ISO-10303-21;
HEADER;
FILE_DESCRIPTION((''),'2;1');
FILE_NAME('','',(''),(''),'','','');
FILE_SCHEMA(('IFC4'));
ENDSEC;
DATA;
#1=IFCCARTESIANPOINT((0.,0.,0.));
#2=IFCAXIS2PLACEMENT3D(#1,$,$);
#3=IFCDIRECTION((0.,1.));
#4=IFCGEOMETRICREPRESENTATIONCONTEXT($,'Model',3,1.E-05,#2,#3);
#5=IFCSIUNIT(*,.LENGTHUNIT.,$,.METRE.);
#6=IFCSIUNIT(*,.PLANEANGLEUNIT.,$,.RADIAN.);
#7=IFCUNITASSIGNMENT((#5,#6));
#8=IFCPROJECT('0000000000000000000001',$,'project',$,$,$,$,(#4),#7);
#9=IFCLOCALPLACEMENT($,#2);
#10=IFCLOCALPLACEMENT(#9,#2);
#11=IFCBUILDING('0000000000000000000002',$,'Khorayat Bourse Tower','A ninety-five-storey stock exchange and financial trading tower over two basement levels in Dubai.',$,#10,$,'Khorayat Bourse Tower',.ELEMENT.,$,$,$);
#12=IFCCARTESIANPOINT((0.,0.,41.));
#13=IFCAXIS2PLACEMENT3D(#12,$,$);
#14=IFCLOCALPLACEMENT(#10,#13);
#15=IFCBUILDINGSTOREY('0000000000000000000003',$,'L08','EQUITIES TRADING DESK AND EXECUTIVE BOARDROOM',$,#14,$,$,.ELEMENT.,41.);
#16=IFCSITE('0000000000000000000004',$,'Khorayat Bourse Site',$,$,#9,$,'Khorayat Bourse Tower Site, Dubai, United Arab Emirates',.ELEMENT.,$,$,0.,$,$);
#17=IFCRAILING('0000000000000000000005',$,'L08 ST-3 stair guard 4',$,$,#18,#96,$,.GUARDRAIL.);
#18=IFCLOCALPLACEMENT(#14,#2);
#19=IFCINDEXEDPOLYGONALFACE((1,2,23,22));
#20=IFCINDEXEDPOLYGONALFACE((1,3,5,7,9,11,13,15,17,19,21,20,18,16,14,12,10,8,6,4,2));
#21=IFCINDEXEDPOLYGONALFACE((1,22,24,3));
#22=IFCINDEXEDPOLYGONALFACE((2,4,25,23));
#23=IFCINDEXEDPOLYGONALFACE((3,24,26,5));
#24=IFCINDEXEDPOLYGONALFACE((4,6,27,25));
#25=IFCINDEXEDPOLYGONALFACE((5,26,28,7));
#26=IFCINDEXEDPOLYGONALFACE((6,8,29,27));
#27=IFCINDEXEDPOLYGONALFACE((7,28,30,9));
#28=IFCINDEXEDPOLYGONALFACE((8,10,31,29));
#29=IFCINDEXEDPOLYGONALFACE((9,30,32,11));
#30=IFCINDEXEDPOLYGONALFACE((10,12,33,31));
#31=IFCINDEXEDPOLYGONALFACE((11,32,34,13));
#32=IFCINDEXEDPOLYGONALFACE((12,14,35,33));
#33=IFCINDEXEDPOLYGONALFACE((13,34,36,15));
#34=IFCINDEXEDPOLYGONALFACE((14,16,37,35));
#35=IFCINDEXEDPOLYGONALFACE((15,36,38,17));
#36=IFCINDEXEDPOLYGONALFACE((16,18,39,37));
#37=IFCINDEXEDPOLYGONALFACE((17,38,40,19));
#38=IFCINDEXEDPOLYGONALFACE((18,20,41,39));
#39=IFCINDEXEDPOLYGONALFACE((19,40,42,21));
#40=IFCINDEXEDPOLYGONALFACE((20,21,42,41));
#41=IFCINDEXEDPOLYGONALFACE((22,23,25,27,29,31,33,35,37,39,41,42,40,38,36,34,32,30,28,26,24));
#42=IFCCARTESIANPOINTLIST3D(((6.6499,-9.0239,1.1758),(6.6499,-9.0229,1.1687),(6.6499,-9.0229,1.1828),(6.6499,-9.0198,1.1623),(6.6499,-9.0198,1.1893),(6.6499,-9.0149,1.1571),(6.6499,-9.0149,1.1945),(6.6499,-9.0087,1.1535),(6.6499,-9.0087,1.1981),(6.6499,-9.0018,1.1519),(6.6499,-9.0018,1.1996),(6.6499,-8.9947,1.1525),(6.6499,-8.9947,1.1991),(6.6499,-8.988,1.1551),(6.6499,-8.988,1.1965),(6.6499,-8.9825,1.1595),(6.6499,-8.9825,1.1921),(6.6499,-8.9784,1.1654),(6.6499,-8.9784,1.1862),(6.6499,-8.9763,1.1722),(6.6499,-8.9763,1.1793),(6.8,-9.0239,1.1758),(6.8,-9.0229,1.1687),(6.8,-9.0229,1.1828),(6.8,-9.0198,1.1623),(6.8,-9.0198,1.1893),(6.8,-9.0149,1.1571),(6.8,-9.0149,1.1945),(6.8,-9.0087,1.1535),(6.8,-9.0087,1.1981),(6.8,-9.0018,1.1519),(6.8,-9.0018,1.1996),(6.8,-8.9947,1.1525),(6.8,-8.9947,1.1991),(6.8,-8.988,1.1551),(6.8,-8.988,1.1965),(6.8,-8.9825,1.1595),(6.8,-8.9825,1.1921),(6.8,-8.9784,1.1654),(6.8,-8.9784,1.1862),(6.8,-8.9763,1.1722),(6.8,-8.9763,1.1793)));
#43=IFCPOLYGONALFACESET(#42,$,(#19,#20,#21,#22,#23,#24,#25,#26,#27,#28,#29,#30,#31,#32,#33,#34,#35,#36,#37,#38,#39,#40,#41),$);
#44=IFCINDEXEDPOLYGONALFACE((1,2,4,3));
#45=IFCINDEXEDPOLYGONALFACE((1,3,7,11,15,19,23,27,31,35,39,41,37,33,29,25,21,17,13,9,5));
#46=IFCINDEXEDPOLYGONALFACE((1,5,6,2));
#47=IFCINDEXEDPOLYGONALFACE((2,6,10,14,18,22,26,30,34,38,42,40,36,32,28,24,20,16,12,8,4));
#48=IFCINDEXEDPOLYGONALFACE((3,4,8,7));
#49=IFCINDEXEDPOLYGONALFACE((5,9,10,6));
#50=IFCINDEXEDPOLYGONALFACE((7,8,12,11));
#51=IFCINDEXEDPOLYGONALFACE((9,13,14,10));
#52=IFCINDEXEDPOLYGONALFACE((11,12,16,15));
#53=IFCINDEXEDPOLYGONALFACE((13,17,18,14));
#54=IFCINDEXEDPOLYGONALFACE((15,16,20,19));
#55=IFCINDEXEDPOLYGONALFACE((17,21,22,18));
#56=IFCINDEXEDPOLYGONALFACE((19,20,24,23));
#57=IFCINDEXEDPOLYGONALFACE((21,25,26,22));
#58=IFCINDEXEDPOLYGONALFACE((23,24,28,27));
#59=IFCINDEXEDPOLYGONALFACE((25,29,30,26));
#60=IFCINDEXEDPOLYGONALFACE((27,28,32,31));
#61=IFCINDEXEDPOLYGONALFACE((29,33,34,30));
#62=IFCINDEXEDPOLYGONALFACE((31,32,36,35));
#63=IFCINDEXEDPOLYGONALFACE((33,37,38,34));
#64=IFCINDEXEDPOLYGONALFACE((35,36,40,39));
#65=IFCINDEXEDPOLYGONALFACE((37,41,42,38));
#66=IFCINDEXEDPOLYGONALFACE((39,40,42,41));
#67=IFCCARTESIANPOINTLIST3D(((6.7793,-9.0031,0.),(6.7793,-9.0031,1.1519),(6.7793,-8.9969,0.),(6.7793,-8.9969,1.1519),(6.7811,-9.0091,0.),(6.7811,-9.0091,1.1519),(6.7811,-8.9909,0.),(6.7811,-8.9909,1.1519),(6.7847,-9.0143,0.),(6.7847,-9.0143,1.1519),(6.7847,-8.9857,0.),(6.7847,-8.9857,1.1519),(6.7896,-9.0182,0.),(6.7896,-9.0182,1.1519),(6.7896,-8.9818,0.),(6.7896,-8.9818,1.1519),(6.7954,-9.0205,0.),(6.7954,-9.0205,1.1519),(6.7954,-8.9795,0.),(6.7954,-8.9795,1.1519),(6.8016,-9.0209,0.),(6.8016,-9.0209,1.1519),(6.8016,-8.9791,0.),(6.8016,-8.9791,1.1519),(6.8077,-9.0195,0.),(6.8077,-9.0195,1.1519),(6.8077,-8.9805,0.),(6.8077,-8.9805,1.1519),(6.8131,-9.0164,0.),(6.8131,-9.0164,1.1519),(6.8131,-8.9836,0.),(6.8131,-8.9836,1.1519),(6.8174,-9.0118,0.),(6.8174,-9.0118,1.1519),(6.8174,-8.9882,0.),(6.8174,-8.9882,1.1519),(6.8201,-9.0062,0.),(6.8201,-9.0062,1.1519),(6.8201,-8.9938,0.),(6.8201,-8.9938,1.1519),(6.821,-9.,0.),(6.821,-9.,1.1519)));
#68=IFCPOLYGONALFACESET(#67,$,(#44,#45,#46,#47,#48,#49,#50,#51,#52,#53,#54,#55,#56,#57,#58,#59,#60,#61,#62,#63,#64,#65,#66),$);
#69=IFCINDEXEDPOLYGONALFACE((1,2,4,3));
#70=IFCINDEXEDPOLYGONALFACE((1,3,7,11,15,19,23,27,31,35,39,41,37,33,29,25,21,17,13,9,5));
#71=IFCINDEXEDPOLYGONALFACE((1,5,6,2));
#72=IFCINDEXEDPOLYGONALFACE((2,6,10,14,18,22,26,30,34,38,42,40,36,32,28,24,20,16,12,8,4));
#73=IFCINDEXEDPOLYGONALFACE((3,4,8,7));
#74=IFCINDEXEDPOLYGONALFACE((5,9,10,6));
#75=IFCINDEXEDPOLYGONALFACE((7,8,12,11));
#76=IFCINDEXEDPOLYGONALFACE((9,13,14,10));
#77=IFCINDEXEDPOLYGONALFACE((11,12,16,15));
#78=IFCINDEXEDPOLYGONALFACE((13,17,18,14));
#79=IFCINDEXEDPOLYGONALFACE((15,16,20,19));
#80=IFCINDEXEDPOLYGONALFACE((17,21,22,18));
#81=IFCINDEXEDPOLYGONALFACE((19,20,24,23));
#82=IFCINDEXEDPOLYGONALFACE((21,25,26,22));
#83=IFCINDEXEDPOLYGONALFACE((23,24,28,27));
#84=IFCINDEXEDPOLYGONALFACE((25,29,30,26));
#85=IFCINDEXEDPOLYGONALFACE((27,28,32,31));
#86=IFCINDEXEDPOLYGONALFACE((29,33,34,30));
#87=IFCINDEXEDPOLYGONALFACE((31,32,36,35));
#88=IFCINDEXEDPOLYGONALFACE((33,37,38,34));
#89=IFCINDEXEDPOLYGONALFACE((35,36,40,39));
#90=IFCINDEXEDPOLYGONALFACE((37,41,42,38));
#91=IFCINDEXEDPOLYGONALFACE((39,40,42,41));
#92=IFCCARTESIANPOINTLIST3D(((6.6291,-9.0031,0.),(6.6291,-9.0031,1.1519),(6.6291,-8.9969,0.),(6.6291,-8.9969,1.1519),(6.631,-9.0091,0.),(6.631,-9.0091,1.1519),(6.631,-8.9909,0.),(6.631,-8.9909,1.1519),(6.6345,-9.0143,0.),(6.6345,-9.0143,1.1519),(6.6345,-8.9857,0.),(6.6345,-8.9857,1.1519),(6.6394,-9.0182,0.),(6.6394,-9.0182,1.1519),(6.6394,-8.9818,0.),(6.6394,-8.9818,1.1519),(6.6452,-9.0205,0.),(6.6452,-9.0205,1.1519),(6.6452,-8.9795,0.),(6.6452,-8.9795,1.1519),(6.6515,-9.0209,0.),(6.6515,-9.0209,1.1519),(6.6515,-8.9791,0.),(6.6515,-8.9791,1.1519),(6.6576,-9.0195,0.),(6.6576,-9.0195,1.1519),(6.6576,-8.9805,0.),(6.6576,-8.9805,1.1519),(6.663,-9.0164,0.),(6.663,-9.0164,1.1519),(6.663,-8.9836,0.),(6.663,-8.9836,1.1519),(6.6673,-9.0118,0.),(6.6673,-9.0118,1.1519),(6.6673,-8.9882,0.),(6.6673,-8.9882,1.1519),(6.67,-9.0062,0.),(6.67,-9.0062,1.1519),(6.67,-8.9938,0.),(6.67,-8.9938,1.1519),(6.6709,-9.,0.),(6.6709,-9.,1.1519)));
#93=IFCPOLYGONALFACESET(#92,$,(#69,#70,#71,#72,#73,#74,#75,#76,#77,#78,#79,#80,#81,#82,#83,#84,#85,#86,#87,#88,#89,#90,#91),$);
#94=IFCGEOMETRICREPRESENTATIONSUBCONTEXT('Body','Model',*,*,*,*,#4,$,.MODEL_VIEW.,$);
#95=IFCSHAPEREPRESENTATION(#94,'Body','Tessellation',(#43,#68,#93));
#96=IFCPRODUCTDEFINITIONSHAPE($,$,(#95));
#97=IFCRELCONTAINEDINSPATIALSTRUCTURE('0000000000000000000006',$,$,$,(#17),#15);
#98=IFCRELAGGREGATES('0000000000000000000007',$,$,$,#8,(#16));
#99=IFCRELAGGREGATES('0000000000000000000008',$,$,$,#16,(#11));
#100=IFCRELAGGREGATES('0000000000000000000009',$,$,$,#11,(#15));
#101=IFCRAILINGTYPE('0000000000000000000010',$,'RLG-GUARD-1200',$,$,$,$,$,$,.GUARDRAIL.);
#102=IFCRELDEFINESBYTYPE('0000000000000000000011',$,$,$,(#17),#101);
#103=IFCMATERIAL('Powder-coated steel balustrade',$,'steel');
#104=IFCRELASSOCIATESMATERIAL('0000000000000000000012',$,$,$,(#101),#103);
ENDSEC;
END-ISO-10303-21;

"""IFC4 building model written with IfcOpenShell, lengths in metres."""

from ifc_helpers import new_model, si_unit, direction, frame, origin, origin_2d, place, context, subcontext, project, spatial, circle, extrude, source, transform, mapped, material, type_object, element, save


model = new_model("IFC4")

# Units and contexts
model_context = context("Model", 3, precision=1e-05, world=origin(), true_north=direction((0.0, 1.0)))
body_context = subcontext(model_context, "Body", "Model", "MODEL_VIEW")
ifc_project = project(units=[si_unit("LENGTHUNIT", "METRE"), si_unit("PLANEANGLEUNIT", "RADIAN")], contexts=[model_context])

# Site, building, storey
site_placement = place(None, origin())
site = spatial("IfcSite", under=ifc_project, at=site_placement, Name="Khorayat Bourse Site", LongName="Khorayat Bourse Tower Site, Dubai, United Arab Emirates", CompositionType="ELEMENT", RefElevation=0.0)
building_placement = place(site_placement, origin())
building = spatial("IfcBuilding", under=site, at=building_placement, Name="Khorayat Bourse Tower", Description="A ninety-five-storey stock exchange and financial trading tower over two basement levels in Dubai.", LongName="Khorayat Bourse Tower", CompositionType="ELEMENT")
storey_placement = place(building_placement, frame((0.0, 0.0, 41.0)))
storey = spatial("IfcBuildingStorey", under=building, at=storey_placement, Name="L08", Description="EQUITIES TRADING DESK AND EXECUTIVE BOARDROOM", CompositionType="ELEMENT", Elevation=41.0)

# Railing
ifc_material_1 = material(Name="Powder-coated steel balustrade", Category="steel")
railing_type_1 = type_object("IfcRailingType", Name="RLG-GUARD-1200", PredefinedType="GUARDRAIL", material=ifc_material_1)
shared_shape_1 = source(origin(), body_context, "Body", "SweptSolid", [
    extrude(circle(Radius=0.0239, at=origin_2d()), frame((0.0, 0.0, 1.1758), z_axis=(-1.0, 0.0, 0.0), x_axis=(0.0, -1.0, 0.0)), (0.0, 0.0, 1.0), 0.1501),
    extrude(circle(Radius=0.021, at=origin_2d()), origin(), (0.0, 0.0, 1.0), 1.1519),
    extrude(circle(Radius=0.021, at=origin_2d()), frame((-0.1501, 0.0, 0.0)), (0.0, 0.0, 1.0), 1.1519),
])
railing_1_placement = place(storey_placement, frame((6.8, -9.0, 0.0)))
element("IfcRailing", 1, at=railing_1_placement, inside=storey, type_object=railing_type_1, Name="L08 ST-3 stair guard 4", PredefinedType="GUARDRAIL", context=body_context, shape_type="MappedRepresentation", body=[
    mapped(shared_shape_1, transform((0.0, 0.0, 0.0), scale=1.0)),
])

save(model, "model.ifc")
